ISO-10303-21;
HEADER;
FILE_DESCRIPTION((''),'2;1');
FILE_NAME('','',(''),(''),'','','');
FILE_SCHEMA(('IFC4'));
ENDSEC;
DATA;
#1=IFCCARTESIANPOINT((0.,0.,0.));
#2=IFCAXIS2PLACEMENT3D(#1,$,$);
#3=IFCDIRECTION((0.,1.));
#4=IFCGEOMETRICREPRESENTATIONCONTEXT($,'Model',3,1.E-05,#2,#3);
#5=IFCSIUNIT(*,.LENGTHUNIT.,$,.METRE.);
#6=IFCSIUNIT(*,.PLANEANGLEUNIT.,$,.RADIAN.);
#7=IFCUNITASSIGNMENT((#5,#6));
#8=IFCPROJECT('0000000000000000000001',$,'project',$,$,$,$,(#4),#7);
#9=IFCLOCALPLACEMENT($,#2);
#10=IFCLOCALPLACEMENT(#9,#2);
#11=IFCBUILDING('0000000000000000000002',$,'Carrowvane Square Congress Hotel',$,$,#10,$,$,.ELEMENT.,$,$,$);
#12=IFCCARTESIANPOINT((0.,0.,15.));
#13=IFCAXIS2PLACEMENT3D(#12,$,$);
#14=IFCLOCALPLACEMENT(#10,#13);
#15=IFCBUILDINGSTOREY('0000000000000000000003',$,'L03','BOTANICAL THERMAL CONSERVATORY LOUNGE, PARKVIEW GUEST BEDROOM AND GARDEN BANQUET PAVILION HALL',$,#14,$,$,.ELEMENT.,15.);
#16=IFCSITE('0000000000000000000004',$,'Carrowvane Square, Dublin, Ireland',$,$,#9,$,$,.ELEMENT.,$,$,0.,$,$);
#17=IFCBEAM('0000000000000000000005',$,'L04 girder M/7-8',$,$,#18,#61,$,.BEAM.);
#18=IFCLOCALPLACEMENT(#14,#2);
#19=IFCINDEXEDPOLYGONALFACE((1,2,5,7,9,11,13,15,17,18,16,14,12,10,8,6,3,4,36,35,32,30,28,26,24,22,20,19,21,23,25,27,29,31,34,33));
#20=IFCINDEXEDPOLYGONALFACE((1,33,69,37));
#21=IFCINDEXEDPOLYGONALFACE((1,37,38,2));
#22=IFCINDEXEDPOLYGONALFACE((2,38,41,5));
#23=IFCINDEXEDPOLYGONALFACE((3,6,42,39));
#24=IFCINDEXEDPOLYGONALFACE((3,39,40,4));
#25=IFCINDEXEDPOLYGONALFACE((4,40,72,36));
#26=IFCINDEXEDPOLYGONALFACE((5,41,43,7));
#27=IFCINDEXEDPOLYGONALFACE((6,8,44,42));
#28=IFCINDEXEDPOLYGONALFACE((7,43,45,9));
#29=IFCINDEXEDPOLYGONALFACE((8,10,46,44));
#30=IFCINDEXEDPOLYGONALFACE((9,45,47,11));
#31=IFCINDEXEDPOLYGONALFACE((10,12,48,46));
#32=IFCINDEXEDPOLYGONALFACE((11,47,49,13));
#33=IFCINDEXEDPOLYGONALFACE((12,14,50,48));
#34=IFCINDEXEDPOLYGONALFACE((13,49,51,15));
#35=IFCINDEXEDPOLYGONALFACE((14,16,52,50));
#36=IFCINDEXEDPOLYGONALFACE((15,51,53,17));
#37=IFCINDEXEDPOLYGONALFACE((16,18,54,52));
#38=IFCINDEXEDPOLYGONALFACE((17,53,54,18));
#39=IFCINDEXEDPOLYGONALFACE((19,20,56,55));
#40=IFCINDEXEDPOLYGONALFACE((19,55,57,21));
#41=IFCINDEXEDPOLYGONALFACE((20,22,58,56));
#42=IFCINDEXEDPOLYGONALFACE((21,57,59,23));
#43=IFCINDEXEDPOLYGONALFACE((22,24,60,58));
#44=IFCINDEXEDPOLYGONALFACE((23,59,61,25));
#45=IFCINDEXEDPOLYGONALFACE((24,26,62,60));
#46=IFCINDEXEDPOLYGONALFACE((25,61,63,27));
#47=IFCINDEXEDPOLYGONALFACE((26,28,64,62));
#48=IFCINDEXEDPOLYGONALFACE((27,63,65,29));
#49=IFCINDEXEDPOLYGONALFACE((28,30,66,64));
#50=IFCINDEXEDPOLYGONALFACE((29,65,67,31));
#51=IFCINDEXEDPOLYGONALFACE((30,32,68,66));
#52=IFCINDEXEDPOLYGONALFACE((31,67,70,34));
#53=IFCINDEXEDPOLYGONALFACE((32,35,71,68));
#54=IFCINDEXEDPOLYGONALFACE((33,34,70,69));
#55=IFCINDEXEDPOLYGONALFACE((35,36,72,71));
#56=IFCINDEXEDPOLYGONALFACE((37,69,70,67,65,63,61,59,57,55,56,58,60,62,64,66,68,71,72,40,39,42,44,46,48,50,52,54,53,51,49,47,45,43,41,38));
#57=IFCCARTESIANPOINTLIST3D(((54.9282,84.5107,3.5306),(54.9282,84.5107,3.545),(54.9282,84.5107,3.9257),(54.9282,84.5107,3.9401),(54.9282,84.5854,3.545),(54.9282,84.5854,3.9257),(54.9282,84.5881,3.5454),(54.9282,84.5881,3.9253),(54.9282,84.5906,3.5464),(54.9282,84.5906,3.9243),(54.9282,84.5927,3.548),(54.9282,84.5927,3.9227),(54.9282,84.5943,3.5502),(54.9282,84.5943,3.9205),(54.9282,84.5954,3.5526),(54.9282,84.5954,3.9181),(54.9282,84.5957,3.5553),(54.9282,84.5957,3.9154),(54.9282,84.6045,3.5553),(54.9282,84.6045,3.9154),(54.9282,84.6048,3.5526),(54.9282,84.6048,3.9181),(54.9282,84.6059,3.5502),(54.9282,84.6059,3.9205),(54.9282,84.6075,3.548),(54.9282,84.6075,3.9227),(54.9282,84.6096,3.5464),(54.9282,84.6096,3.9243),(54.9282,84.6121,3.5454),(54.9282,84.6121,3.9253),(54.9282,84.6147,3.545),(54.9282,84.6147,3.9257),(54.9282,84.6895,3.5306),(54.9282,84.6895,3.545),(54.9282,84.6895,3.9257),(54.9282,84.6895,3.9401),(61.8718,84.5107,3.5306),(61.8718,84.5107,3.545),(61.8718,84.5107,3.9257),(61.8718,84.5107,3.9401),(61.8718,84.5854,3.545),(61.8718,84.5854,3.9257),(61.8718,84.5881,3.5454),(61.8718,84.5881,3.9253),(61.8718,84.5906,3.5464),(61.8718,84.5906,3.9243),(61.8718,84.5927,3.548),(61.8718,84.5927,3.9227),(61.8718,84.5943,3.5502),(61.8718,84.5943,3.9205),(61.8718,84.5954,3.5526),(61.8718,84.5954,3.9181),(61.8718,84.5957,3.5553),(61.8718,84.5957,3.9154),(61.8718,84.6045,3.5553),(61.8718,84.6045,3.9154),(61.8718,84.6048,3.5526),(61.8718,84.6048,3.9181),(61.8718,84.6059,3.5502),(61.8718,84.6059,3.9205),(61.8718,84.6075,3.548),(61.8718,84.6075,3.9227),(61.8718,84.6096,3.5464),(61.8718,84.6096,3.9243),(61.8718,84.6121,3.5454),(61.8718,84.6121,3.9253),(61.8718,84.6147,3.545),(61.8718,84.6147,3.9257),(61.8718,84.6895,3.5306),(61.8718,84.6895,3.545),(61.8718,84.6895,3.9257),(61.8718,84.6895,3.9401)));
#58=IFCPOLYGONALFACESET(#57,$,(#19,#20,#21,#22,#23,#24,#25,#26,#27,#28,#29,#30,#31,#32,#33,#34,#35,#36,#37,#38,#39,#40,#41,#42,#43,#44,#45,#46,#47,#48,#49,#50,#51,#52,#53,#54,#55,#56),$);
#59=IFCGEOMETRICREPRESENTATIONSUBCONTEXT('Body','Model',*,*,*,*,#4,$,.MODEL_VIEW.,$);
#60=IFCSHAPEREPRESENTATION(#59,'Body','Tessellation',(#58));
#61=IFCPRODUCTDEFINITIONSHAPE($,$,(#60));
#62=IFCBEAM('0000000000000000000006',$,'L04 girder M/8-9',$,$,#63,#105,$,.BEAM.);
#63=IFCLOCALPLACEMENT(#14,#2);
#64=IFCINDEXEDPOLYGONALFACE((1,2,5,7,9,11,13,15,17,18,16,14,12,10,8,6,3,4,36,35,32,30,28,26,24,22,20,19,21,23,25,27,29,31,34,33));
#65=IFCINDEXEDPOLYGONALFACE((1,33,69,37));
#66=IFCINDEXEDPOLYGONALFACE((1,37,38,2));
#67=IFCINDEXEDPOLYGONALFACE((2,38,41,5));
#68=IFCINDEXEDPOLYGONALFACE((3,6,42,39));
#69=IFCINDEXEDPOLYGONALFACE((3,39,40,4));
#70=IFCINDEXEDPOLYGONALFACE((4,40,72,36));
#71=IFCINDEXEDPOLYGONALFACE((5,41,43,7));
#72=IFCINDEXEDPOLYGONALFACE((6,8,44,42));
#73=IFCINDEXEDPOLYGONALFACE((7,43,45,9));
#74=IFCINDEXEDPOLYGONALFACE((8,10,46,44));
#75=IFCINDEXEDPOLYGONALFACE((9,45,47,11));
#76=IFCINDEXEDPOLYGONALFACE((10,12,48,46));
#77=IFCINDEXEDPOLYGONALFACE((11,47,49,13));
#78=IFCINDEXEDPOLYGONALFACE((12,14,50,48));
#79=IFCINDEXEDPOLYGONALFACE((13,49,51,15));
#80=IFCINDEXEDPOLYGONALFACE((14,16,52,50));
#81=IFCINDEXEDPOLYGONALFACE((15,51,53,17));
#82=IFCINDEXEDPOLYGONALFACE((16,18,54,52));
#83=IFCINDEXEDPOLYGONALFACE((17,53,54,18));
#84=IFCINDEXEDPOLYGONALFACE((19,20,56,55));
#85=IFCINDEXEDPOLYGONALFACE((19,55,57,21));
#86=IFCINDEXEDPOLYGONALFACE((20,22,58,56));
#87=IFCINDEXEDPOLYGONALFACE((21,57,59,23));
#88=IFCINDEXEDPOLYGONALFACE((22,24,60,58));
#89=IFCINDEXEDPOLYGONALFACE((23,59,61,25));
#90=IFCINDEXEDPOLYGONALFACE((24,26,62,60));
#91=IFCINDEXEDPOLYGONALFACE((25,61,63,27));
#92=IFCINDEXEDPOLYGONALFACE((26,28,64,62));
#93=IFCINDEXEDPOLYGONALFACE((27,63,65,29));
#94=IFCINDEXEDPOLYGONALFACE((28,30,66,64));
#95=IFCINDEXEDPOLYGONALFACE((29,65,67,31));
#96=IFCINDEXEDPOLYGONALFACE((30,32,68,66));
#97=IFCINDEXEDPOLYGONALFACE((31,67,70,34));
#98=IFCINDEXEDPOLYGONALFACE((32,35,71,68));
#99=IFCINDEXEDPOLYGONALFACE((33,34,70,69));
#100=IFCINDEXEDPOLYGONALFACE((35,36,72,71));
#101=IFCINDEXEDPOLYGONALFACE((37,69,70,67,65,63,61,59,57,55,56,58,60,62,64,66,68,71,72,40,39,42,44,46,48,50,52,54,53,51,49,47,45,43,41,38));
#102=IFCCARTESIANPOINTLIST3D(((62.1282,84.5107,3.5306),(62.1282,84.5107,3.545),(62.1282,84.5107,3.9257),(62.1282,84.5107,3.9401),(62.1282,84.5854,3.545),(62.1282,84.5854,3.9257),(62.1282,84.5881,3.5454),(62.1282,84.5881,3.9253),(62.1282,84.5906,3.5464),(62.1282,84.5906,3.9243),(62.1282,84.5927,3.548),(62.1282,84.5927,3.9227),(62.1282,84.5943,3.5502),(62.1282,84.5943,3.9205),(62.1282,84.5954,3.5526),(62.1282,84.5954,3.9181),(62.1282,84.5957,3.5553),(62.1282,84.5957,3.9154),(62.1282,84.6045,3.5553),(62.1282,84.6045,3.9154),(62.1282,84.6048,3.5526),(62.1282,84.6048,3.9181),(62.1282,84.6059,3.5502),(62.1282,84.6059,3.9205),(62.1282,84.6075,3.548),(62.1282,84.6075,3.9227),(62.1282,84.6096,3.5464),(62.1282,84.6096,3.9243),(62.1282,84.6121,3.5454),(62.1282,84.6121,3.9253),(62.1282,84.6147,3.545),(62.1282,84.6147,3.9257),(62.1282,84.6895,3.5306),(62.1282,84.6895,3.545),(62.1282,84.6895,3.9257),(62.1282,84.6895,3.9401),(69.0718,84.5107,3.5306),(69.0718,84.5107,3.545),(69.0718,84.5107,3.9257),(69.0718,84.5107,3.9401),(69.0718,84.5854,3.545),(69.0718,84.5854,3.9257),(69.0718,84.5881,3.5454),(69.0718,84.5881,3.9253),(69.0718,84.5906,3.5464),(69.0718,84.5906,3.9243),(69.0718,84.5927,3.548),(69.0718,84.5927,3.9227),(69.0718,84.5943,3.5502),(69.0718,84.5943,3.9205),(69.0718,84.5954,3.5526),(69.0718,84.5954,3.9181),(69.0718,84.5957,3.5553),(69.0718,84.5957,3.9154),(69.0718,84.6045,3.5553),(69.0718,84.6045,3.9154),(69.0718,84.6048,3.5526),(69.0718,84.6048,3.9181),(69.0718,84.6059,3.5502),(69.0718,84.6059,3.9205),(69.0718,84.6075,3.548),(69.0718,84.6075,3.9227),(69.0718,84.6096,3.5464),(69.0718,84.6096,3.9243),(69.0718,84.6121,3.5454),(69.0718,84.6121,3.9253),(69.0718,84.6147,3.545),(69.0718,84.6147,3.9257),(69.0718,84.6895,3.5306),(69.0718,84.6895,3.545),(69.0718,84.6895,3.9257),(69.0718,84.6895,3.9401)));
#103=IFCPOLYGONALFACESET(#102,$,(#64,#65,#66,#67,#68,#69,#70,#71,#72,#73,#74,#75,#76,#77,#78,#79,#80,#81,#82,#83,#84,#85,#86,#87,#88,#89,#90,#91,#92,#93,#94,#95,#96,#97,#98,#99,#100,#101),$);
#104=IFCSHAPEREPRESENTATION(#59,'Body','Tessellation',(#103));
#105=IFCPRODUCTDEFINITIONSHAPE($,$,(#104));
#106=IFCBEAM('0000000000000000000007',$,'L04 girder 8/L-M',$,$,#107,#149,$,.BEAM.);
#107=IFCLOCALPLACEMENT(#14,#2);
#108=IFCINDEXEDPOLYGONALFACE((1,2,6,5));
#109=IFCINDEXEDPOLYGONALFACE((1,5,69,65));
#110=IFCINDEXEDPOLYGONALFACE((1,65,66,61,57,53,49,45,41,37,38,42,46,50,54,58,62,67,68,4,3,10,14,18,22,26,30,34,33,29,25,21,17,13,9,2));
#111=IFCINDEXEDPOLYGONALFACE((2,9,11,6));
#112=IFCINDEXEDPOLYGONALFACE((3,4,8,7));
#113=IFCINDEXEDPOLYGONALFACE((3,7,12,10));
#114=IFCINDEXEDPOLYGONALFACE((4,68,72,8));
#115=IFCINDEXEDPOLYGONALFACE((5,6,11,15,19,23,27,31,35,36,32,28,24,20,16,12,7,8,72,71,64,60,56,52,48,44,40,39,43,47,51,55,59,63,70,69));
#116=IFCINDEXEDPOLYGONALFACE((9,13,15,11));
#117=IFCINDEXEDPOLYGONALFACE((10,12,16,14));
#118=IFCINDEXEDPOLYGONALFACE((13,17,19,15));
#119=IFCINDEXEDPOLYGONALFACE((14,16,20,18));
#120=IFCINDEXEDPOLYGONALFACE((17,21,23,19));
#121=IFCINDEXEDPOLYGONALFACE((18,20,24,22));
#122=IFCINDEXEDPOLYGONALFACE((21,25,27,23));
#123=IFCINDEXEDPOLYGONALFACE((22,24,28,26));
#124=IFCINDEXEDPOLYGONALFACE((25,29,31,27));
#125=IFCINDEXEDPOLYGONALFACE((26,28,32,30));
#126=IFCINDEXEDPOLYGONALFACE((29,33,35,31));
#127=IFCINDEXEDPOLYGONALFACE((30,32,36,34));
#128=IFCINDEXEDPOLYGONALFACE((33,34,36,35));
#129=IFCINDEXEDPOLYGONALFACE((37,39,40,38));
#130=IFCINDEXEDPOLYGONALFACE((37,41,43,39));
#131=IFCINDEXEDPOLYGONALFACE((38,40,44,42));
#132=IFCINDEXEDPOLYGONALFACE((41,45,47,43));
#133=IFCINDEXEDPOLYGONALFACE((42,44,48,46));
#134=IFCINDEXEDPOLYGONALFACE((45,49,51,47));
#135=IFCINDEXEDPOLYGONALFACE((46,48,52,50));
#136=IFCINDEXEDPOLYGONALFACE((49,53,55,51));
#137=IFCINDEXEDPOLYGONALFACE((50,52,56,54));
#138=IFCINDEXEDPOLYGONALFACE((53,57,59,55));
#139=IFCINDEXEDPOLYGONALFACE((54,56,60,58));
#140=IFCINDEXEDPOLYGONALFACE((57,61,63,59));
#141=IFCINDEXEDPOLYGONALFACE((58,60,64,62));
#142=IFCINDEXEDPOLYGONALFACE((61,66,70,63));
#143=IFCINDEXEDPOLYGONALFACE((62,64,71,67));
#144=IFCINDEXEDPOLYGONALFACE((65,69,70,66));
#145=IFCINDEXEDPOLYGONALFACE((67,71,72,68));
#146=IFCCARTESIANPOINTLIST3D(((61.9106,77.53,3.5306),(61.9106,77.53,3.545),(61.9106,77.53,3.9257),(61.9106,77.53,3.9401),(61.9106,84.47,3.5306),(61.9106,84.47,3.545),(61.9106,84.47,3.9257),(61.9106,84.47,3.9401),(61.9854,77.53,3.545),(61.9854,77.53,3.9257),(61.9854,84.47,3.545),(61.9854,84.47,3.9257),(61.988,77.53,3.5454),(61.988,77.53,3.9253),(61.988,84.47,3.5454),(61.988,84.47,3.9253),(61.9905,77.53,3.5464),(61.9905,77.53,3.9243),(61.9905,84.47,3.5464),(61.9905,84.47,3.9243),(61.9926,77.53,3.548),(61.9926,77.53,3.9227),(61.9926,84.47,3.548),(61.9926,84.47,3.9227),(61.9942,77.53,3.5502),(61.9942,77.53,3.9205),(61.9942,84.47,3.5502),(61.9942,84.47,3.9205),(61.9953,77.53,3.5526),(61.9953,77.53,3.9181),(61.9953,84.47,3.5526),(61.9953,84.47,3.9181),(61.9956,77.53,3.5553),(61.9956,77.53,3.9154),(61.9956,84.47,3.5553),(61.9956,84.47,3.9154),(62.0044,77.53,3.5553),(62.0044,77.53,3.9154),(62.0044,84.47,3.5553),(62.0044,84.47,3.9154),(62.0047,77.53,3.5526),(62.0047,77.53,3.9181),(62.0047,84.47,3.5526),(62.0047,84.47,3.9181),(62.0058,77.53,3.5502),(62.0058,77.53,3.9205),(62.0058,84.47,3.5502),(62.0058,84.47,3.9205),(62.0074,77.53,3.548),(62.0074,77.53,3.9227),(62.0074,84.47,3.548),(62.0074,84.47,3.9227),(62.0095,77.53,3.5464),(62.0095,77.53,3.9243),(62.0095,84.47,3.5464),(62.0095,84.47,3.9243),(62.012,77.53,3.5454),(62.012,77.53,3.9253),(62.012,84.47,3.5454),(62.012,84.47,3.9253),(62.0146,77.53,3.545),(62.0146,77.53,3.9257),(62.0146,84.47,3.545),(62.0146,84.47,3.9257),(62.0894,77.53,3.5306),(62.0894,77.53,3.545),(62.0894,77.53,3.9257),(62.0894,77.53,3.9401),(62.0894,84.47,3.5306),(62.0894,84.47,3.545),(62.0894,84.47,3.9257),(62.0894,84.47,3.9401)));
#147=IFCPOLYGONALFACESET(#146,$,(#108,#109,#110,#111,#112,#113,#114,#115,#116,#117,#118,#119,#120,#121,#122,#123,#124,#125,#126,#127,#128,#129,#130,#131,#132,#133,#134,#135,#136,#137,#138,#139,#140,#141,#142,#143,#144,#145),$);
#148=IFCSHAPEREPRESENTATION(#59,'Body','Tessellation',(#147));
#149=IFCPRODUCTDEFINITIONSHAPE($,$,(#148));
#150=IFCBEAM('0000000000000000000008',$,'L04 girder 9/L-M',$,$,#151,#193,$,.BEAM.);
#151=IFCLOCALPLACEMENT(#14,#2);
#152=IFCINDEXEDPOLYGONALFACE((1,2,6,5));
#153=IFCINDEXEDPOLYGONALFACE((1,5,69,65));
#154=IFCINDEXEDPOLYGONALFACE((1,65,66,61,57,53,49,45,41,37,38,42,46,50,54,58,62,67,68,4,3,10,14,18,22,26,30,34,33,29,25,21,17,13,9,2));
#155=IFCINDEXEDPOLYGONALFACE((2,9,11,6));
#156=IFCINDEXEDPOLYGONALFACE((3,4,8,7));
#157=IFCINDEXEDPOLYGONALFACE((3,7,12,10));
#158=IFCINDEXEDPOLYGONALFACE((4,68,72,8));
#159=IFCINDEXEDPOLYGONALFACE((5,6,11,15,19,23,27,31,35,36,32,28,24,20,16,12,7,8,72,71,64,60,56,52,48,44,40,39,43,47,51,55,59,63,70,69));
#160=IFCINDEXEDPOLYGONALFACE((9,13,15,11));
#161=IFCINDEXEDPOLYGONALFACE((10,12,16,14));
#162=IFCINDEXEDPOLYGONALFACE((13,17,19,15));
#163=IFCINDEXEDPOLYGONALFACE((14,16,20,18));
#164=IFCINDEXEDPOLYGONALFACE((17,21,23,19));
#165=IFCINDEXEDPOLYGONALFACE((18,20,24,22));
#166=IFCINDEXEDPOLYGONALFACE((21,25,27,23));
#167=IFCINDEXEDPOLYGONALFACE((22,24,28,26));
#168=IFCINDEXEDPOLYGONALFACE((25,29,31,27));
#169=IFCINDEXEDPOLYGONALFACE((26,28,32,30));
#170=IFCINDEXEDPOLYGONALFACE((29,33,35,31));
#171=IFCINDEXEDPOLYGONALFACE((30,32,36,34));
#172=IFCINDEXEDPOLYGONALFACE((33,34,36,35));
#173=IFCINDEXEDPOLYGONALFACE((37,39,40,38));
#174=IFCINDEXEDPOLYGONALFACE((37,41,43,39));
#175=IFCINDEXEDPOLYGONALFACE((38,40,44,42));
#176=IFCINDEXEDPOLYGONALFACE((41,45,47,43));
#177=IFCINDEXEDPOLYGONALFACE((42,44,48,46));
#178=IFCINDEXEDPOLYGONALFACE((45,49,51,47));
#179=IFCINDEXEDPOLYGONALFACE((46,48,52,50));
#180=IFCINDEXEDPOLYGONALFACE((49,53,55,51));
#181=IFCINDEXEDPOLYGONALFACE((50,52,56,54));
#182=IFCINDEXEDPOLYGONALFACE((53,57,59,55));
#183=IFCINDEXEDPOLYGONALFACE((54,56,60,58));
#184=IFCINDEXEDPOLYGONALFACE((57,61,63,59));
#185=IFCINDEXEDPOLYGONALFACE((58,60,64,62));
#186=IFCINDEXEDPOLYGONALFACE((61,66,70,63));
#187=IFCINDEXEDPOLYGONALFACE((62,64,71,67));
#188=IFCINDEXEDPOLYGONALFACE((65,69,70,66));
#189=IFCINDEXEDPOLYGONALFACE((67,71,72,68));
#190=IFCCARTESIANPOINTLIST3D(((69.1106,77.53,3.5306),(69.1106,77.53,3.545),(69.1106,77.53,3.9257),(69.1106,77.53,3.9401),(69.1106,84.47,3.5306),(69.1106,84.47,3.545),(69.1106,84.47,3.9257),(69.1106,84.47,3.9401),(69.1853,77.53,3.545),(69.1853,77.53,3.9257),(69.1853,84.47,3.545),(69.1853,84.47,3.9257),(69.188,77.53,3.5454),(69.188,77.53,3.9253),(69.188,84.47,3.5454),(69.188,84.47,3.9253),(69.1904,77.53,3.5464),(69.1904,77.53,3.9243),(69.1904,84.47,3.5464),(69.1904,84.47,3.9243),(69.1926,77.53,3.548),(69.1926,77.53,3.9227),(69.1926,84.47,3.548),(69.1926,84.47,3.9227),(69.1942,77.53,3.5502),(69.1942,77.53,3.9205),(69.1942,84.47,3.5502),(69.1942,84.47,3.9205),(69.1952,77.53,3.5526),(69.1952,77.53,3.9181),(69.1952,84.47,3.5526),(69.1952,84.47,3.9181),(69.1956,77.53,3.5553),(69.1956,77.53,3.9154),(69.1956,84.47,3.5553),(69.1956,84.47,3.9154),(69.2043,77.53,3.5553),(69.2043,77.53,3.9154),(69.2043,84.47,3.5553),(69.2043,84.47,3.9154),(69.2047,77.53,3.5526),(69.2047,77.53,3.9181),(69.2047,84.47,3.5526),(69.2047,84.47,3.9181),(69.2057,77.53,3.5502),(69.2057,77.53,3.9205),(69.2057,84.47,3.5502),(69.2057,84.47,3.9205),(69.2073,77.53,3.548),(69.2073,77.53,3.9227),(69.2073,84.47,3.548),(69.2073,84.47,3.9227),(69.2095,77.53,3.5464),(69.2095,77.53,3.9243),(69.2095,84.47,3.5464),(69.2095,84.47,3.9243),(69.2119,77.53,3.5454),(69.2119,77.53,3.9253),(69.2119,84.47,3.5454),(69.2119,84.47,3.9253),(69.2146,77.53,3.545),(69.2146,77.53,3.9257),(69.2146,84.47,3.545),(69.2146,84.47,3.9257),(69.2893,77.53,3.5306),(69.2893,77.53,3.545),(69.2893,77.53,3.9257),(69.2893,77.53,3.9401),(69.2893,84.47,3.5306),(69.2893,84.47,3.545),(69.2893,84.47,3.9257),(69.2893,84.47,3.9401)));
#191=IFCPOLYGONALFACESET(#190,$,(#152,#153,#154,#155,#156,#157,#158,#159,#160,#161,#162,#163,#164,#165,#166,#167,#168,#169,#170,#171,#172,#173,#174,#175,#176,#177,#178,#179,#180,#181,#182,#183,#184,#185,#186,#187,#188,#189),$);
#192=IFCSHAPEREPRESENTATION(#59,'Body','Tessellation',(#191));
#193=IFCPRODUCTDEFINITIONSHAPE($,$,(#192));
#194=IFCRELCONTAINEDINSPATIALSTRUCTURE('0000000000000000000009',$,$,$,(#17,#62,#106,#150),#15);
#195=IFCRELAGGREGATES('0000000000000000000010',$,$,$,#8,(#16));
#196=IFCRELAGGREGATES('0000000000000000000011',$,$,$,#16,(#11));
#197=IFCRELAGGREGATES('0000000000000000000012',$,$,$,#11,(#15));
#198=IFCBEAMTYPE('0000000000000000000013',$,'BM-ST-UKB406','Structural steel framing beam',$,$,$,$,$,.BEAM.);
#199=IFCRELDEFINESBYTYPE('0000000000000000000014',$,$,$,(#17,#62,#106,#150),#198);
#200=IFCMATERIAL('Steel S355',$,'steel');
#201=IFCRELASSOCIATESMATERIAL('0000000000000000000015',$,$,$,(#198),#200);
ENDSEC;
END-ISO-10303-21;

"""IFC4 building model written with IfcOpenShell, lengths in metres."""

from ifc_helpers import new_model, si_unit, direction, frame, origin, origin_2d, place, context, subcontext, project, spatial, i_section, extrude, material, material_profile, profile_set, type_object, element, save


model = new_model("IFC4")

# Units and contexts
model_context = context("Model", 3, precision=1e-05, world=origin(), true_north=direction((0.0, 1.0)))
body_context = subcontext(model_context, "Body", "Model", "MODEL_VIEW")
ifc_project = project(units=[si_unit("LENGTHUNIT", "METRE"), si_unit("PLANEANGLEUNIT", "RADIAN")], contexts=[model_context])

# Site, building, storey
site_placement = place(None, origin())
site = spatial("IfcSite", under=ifc_project, at=site_placement, Name="Carrowvane Square, Dublin, Ireland", CompositionType="ELEMENT", RefElevation=0.0)
building_placement = place(site_placement, origin())
building = spatial("IfcBuilding", under=site, at=building_placement, Name="Carrowvane Square Congress Hotel", CompositionType="ELEMENT")
storey_placement = place(building_placement, frame((0.0, 0.0, 15.0)))
storey = spatial("IfcBuildingStorey", under=building, at=storey_placement, Name="L03", Description="BOTANICAL THERMAL CONSERVATORY LOUNGE, PARKVIEW GUEST BEDROOM AND GARDEN BANQUET PAVILION HALL", CompositionType="ELEMENT", Elevation=15.0)

# Beams
ifc_material_1 = material(Name="Steel S355", Category="steel")
ifc_material_profile_1 = material_profile(ifc_material_1, i_section(OverallWidth=0.1787, OverallDepth=0.4094, WebThickness=0.0088, FlangeThickness=0.0144, FilletRadius=0.0103, at=origin_2d()), Name="UKB 406x178x67")
ifc_profile_set_1 = profile_set([ifc_material_profile_1], Name="Steel S355")
beam_type_1 = type_object("IfcBeamType", Name="BM-ST-UKB406", Description="Structural steel framing beam", PredefinedType="BEAM", material=ifc_profile_set_1)
for number, where, z_axis, x_axis, name in (
    (1, (54.9282, 84.6001, 3.7354), (1.0, 0.0, 0.0), (0.0, 1.0, 0.0), "L04 girder M/7-8"),
    (2, (62.1282, 84.6001, 3.7354), (1.0, 0.0, 0.0), (0.0, 1.0, 0.0), "L04 girder M/8-9"),
):
    element("IfcBeam", number, at=place(storey_placement, frame(where, z_axis=z_axis, x_axis=x_axis)), inside=storey, type_object=beam_type_1, Name=name, PredefinedType="BEAM", context=body_context, shape_type="SweptSolid", body=[
        extrude(i_section(OverallWidth=0.1787, OverallDepth=0.4094, WebThickness=0.0088, FlangeThickness=0.0144, FilletRadius=0.0103, at=origin_2d()), origin(), (0.0, 0.0, 1.0), 6.9436),
    ])
for number, where, z_axis, x_axis, name in (
    (3, (62.0, 77.53, 3.7354), (0.0, 1.0, 0.0), (-1.0, 0.0, 0.0), "L04 girder 8/L-M"),
    (4, (69.2, 77.53, 3.7354), (0.0, 1.0, 0.0), (-1.0, 0.0, 0.0), "L04 girder 9/L-M"),
):
    element("IfcBeam", number, at=place(storey_placement, frame(where, z_axis=z_axis, x_axis=x_axis)), inside=storey, type_object=beam_type_1, Name=name, PredefinedType="BEAM", context=body_context, shape_type="SweptSolid", body=[
        extrude(i_section(OverallWidth=0.1787, OverallDepth=0.4094, WebThickness=0.0088, FlangeThickness=0.0144, FilletRadius=0.0103, at=origin_2d()), origin(), (0.0, 0.0, 1.0), 6.9399),
    ])

save(model, "model.ifc")
